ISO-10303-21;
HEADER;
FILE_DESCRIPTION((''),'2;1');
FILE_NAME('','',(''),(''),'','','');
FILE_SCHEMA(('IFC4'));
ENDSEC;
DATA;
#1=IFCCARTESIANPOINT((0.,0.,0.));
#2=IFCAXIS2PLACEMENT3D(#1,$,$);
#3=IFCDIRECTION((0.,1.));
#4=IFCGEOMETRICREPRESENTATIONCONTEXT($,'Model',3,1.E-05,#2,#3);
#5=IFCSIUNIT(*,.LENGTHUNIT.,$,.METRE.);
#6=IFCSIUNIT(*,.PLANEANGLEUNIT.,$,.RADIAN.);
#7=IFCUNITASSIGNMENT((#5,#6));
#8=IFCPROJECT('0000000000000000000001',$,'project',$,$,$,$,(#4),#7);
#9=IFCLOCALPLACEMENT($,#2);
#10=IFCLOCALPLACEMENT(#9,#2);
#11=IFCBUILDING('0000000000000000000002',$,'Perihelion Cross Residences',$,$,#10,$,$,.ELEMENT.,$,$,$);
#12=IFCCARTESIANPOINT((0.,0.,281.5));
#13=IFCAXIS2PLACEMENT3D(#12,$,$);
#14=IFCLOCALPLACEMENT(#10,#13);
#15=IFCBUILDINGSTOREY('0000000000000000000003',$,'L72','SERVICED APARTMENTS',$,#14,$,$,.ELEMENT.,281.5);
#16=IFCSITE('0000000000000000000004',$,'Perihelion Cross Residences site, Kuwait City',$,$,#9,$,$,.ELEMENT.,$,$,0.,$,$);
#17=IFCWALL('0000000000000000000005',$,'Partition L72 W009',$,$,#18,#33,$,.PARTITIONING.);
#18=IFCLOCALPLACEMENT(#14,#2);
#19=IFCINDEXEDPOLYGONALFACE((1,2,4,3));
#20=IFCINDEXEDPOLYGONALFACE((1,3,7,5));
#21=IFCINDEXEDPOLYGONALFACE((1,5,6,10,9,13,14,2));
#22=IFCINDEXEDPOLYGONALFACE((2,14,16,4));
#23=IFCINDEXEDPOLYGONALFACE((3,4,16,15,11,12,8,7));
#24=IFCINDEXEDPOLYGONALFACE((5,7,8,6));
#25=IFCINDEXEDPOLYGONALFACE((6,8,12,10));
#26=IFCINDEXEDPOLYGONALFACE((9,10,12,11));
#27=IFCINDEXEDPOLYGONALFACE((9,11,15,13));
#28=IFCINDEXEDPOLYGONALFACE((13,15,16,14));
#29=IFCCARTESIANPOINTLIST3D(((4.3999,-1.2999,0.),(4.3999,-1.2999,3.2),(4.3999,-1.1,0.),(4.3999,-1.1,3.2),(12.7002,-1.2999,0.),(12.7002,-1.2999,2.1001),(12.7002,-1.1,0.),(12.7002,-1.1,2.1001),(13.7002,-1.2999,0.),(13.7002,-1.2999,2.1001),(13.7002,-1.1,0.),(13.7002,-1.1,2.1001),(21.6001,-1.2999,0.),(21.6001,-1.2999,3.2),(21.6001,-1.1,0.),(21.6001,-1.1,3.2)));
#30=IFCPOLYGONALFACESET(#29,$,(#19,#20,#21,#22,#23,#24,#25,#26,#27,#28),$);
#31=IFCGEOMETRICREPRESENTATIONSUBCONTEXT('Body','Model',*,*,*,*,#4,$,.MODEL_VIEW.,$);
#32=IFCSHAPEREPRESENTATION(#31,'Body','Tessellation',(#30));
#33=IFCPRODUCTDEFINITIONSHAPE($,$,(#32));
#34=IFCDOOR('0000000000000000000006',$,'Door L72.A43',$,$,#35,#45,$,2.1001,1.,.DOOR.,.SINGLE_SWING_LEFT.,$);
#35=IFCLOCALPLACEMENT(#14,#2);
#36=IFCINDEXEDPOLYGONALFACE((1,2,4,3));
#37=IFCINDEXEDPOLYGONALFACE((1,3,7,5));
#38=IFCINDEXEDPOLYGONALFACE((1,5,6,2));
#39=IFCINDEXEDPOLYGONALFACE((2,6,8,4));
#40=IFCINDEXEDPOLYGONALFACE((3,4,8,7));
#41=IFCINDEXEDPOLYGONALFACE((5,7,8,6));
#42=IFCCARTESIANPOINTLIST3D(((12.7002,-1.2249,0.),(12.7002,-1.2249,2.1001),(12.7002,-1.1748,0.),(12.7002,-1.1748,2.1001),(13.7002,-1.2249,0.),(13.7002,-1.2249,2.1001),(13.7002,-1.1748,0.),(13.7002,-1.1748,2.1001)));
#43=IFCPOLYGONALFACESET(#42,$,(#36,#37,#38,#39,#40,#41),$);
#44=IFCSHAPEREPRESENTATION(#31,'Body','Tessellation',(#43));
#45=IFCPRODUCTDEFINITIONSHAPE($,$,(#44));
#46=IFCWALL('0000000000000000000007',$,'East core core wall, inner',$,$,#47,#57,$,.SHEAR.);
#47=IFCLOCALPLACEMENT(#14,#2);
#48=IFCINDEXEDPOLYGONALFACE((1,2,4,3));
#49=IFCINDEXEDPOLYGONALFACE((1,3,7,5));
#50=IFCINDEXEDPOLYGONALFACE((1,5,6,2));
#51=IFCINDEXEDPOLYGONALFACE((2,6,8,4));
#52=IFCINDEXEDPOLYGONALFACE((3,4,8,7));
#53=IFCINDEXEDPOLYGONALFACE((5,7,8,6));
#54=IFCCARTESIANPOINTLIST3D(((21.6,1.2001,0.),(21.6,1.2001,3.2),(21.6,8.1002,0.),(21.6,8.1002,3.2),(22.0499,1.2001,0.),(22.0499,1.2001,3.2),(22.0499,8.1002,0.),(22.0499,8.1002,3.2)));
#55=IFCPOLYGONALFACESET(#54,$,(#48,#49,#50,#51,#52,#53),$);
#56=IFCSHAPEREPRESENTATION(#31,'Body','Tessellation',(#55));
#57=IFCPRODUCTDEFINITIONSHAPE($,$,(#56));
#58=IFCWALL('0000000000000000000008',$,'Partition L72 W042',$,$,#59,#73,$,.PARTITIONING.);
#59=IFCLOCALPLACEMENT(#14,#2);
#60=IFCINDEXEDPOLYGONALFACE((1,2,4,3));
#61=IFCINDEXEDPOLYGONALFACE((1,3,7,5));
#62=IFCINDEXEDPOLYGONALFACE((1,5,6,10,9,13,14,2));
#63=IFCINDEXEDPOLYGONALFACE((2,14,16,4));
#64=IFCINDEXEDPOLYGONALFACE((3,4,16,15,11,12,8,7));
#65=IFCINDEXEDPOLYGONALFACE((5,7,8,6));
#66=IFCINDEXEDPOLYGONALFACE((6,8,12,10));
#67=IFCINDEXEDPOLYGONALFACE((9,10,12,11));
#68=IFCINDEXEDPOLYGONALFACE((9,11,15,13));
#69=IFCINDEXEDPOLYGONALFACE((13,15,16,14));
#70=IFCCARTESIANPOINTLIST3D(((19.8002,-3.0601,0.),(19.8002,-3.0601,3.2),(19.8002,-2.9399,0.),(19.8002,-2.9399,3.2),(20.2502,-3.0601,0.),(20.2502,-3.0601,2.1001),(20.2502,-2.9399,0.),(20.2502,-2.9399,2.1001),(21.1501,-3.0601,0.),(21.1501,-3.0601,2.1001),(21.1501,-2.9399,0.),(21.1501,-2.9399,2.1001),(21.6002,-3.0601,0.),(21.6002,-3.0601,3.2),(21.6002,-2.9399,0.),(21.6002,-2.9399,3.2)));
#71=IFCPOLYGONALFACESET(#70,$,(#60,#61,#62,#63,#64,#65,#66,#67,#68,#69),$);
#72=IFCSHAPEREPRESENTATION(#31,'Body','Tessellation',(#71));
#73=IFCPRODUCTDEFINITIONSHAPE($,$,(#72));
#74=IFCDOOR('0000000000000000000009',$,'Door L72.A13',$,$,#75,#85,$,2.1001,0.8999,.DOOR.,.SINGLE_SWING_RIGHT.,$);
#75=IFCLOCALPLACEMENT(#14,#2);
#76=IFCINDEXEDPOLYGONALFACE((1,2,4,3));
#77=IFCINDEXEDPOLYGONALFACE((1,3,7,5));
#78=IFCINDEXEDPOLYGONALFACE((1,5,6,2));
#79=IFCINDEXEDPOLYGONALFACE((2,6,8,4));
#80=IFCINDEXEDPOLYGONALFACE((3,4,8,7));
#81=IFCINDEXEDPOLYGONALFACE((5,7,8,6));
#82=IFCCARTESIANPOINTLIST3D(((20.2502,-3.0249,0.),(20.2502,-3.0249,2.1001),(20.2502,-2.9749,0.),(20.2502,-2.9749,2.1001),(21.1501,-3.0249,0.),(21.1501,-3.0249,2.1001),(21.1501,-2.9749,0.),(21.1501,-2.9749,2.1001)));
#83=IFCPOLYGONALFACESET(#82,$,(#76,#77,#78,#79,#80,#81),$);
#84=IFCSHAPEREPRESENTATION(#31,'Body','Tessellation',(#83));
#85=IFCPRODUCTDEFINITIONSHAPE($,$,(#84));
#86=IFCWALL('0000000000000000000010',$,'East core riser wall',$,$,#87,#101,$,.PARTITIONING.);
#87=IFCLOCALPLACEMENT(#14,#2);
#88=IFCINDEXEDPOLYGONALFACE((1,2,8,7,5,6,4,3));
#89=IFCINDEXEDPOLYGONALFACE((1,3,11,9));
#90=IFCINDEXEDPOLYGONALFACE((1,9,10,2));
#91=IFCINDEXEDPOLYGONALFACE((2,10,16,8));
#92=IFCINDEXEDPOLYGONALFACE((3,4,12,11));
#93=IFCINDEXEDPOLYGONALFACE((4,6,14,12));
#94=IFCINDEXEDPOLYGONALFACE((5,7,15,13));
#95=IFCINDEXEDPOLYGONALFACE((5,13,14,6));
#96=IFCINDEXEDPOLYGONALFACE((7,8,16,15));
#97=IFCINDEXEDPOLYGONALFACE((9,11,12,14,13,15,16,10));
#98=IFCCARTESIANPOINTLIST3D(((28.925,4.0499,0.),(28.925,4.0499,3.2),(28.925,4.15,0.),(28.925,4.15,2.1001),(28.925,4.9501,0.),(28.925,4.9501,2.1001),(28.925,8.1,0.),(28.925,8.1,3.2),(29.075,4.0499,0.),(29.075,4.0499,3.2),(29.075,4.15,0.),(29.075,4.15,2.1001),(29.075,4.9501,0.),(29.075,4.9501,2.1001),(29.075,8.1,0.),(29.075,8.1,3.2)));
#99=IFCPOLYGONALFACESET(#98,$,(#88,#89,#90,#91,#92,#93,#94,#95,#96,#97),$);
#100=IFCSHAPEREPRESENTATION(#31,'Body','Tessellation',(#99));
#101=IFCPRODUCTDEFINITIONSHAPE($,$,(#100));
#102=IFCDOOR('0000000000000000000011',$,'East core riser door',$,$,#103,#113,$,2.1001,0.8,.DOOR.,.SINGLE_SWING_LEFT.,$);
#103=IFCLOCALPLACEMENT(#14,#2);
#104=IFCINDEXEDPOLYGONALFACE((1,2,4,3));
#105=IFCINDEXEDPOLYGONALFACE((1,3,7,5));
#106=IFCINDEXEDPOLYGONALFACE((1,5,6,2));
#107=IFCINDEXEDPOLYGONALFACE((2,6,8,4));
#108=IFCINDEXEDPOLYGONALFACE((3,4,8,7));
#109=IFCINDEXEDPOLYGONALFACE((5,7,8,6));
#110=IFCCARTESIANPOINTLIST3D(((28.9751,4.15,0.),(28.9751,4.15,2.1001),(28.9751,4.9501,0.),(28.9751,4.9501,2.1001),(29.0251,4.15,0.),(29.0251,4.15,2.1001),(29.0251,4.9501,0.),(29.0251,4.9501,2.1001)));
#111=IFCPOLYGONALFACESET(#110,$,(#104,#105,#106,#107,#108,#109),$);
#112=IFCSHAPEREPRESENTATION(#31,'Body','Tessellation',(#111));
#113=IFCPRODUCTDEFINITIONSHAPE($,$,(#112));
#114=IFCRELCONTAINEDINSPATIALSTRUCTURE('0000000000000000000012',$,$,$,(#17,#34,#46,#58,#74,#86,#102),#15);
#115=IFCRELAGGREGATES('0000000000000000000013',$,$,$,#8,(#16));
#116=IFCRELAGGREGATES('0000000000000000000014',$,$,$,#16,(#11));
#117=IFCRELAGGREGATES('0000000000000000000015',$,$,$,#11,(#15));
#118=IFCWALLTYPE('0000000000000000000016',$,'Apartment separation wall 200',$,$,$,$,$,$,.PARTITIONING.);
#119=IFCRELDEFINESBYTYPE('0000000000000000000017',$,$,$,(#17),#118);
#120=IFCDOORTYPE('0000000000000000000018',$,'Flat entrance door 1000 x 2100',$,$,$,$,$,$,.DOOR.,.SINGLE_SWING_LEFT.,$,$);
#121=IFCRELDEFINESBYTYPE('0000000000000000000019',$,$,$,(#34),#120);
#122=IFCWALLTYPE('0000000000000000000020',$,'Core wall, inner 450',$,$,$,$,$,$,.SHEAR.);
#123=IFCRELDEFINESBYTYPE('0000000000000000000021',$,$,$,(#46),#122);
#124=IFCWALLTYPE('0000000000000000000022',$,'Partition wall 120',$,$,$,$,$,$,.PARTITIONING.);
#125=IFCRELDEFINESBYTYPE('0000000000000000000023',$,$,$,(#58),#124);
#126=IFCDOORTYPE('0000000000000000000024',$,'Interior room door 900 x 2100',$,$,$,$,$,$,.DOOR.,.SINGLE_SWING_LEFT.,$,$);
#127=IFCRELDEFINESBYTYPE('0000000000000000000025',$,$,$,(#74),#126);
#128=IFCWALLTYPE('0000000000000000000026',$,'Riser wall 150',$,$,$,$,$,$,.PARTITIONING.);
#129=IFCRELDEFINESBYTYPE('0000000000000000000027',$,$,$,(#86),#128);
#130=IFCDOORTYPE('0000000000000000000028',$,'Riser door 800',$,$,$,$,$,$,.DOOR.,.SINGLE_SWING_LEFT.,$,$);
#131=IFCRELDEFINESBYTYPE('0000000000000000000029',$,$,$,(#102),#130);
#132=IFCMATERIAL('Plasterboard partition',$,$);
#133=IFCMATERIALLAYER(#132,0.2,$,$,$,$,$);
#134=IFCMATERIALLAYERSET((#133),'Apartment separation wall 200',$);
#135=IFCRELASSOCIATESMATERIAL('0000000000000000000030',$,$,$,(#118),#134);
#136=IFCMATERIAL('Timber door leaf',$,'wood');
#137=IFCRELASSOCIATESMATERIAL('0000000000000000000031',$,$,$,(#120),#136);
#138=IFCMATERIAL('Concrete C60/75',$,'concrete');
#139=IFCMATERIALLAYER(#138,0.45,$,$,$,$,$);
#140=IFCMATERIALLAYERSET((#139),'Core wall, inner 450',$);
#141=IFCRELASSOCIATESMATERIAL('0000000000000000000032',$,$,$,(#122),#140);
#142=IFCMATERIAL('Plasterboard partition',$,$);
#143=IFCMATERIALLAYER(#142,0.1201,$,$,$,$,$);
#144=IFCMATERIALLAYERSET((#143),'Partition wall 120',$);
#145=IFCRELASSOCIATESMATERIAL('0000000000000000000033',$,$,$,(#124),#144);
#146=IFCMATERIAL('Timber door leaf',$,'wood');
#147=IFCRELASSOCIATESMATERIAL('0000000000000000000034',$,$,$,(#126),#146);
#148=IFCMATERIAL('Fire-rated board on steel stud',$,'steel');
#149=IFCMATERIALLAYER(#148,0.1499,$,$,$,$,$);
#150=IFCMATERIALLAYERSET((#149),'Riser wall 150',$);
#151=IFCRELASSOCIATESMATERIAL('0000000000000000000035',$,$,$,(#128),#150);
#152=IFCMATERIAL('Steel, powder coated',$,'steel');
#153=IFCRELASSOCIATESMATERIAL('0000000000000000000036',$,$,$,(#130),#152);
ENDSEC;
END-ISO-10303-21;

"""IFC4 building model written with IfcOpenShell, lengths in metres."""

from ifc_helpers import new_model, si_unit, direction, frame, frame_2d, origin, place, context, subcontext, project, spatial, rectangle, extrude, material, layer, layer_set, type_object, element, fill, save


model = new_model("IFC4")

# Units and contexts
model_context = context("Model", 3, precision=1e-05, world=origin(), true_north=direction((0.0, 1.0)))
body_context = subcontext(model_context, "Body", "Model", "MODEL_VIEW")
ifc_project = project(units=[si_unit("LENGTHUNIT", "METRE"), si_unit("PLANEANGLEUNIT", "RADIAN")], contexts=[model_context])

# Site, building, storey
site_placement = place(None, origin())
site = spatial("IfcSite", under=ifc_project, at=site_placement, Name="Perihelion Cross Residences site, Kuwait City", CompositionType="ELEMENT", RefElevation=0.0)
building_placement = place(site_placement, origin())
building = spatial("IfcBuilding", under=site, at=building_placement, Name="Perihelion Cross Residences", CompositionType="ELEMENT")
storey_placement = place(building_placement, frame((0.0, 0.0, 281.5)))
storey = spatial("IfcBuildingStorey", under=building, at=storey_placement, Name="L72", Description="SERVICED APARTMENTS", CompositionType="ELEMENT", Elevation=281.5)

# Wall, opening, door
ifc_material_1 = material(Name="Plasterboard partition")
ifc_layer_1 = layer(ifc_material_1, 0.2)
ifc_layer_set_1 = layer_set([ifc_layer_1], Name="Apartment separation wall 200")
wall_type_1 = type_object("IfcWallType", Name="Apartment separation wall 200", PredefinedType="PARTITIONING", material=ifc_layer_set_1)
wall_1_placement = place(storey_placement, frame((21.6001, -1.2, 0.0), z_axis=(0.0, 0.0, 1.0), x_axis=(-1.0, 0.0, 0.0)))
wall_1 = element("IfcWall", 1, at=wall_1_placement, inside=storey, type_object=wall_type_1, Name="Partition L72 W009", PredefinedType="PARTITIONING", context=body_context, shape_type="SweptSolid", body=[
    extrude(rectangle(XDim=17.2002, YDim=0.2, at=frame_2d((8.6001, 0.0))), origin(), (0.0, 0.0, 1.0), 3.2),
])
opening_1_placement = place(wall_1_placement, frame((7.8999, 0.0, 0.0)))
opening_1 = element("IfcOpeningElement", 2, at=opening_1_placement, cuts=wall_1, PredefinedType="OPENING", context=body_context, shape_type="SweptSolid", body=[
    extrude(rectangle(XDim=1.0, YDim=2.1001, at=frame_2d((0.5, 1.05))), frame((0.0, 0.1099, 0.0), z_axis=(0.0, -1.0, 0.0), x_axis=(1.0, 0.0, 0.0)), (0.0, 0.0, 1.0), 0.22),
])
ifc_material_2 = material(Name="Timber door leaf", Category="wood")
door_type_1 = type_object("IfcDoorType", Name="Flat entrance door 1000 x 2100", OperationType="SINGLE_SWING_LEFT", PredefinedType="DOOR", material=ifc_material_2)
door_1_placement = place(opening_1_placement, origin())
door_1 = element("IfcDoor", 3, at=door_1_placement, inside=storey, type_object=door_type_1, Name="Door L72.A43", OperationType="SINGLE_SWING_LEFT", OverallHeight=2.1001, OverallWidth=1.0, PredefinedType="DOOR", context=body_context, shape_type="SweptSolid", body=[
    extrude(rectangle(XDim=1.0, YDim=2.1001, at=frame_2d((0.5, 1.05))), frame((0.0, 0.0249, 0.0), z_axis=(0.0, -1.0, 0.0), x_axis=(1.0, 0.0, 0.0)), (0.0, 0.0, 1.0), 0.05),
])
fill(opening_1, door_1)

# Wall
ifc_material_3 = material(Name="Concrete C60/75", Category="concrete")
ifc_layer_2 = layer(ifc_material_3, 0.45)
ifc_layer_set_2 = layer_set([ifc_layer_2], Name="Core wall, inner 450")
wall_type_2 = type_object("IfcWallType", Name="Core wall, inner 450", PredefinedType="SHEAR", material=ifc_layer_set_2)
wall_2_placement = place(storey_placement, frame((21.825, 1.2, 0.0), z_axis=(0.0, 0.0, 1.0), x_axis=(0.0, 1.0, 0.0)))
element("IfcWall", 4, at=wall_2_placement, inside=storey, type_object=wall_type_2, Name="East core core wall, inner", PredefinedType="SHEAR", context=body_context, shape_type="SweptSolid", body=[
    extrude(rectangle(XDim=6.9001, YDim=0.45, at=frame_2d((3.4502, 0.0))), origin(), (0.0, 0.0, 1.0), 3.2),
])

# Walls, openings, doors
ifc_material_4 = material(Name="Plasterboard partition")
ifc_layer_3 = layer(ifc_material_4, 0.1201)
ifc_layer_set_3 = layer_set([ifc_layer_3], Name="Partition wall 120")
wall_type_3 = type_object("IfcWallType", Name="Partition wall 120", PredefinedType="PARTITIONING", material=ifc_layer_set_3)
wall_3_placement = place(storey_placement, frame((21.6001, -3.0, 0.0), z_axis=(0.0, 0.0, 1.0), x_axis=(-1.0, 0.0, 0.0)))
wall_3 = element("IfcWall", 5, at=wall_3_placement, inside=storey, type_object=wall_type_3, Name="Partition L72 W042", PredefinedType="PARTITIONING", context=body_context, shape_type="SweptSolid", body=[
    extrude(rectangle(XDim=1.8, YDim=0.1201, at=frame_2d((0.8999, 0.0))), origin(), (0.0, 0.0, 1.0), 3.2),
])
opening_2_placement = place(wall_3_placement, frame((0.45, 0.0, 0.0)))
opening_2 = element("IfcOpeningElement", 6, at=opening_2_placement, cuts=wall_3, PredefinedType="OPENING", context=body_context, shape_type="SweptSolid", body=[
    extrude(rectangle(XDim=0.8999, YDim=2.1001, at=frame_2d((0.45, 1.05))), frame((0.0, 0.0701, 0.0), z_axis=(0.0, -1.0, 0.0), x_axis=(1.0, 0.0, 0.0)), (0.0, 0.0, 1.0), 0.1401),
])
ifc_material_5 = material(Name="Timber door leaf", Category="wood")
door_type_2 = type_object("IfcDoorType", Name="Interior room door 900 x 2100", OperationType="SINGLE_SWING_LEFT", PredefinedType="DOOR", material=ifc_material_5)
door_2_placement = place(opening_2_placement, origin())
door_2 = element("IfcDoor", 7, at=door_2_placement, inside=storey, type_object=door_type_2, Name="Door L72.A13", OperationType="SINGLE_SWING_RIGHT", OverallHeight=2.1001, OverallWidth=0.8999, PredefinedType="DOOR", context=body_context, shape_type="SweptSolid", body=[
    extrude(rectangle(XDim=0.8999, YDim=2.1001, at=frame_2d((0.45, 1.05))), frame((0.0, 0.0249, 0.0), z_axis=(0.0, -1.0, 0.0), x_axis=(1.0, 0.0, 0.0)), (0.0, 0.0, 1.0), 0.05),
])
fill(opening_2, door_2)
ifc_material_6 = material(Name="Fire-rated board on steel stud", Category="steel")
ifc_layer_4 = layer(ifc_material_6, 0.1499)
ifc_layer_set_4 = layer_set([ifc_layer_4], Name="Riser wall 150")
wall_type_4 = type_object("IfcWallType", Name="Riser wall 150", PredefinedType="PARTITIONING", material=ifc_layer_set_4)
wall_4_placement = place(storey_placement, frame((29.0, 4.05, 0.0), z_axis=(0.0, 0.0, 1.0), x_axis=(0.0, 1.0, 0.0)))
wall_4 = element("IfcWall", 8, at=wall_4_placement, inside=storey, type_object=wall_type_4, Name="East core riser wall", PredefinedType="PARTITIONING", context=body_context, shape_type="SweptSolid", body=[
    extrude(rectangle(XDim=4.05, YDim=0.1499, at=frame_2d((2.0249, 0.0))), origin(), (0.0, 0.0, 1.0), 3.2),
])
opening_3_placement = place(wall_4_placement, frame((0.1001, 0.0, 0.0)))
opening_3 = element("IfcOpeningElement", 9, at=opening_3_placement, cuts=wall_4, PredefinedType="OPENING", context=body_context, shape_type="SweptSolid", body=[
    extrude(rectangle(XDim=0.8, YDim=2.1001, at=frame_2d((0.3999, 1.05))), frame((0.0, 0.085, 0.0), z_axis=(0.0, -1.0, 0.0), x_axis=(1.0, 0.0, 0.0)), (0.0, 0.0, 1.0), 0.1699),
])
ifc_material_7 = material(Name="Steel, powder coated", Category="steel")
door_type_3 = type_object("IfcDoorType", Name="Riser door 800", OperationType="SINGLE_SWING_LEFT", PredefinedType="DOOR", material=ifc_material_7)
door_3_placement = place(opening_3_placement, origin())
door_3 = element("IfcDoor", 10, at=door_3_placement, inside=storey, type_object=door_type_3, Name="East core riser door", OperationType="SINGLE_SWING_LEFT", OverallHeight=2.1001, OverallWidth=0.8, PredefinedType="DOOR", context=body_context, shape_type="SweptSolid", body=[
    extrude(rectangle(XDim=0.8, YDim=2.1001, at=frame_2d((0.3999, 1.05))), frame((0.0, 0.0249, 0.0), z_axis=(0.0, -1.0, 0.0), x_axis=(1.0, 0.0, 0.0)), (0.0, 0.0, 1.0), 0.05),
])
fill(opening_3, door_3)

save(model, "model.ifc")
